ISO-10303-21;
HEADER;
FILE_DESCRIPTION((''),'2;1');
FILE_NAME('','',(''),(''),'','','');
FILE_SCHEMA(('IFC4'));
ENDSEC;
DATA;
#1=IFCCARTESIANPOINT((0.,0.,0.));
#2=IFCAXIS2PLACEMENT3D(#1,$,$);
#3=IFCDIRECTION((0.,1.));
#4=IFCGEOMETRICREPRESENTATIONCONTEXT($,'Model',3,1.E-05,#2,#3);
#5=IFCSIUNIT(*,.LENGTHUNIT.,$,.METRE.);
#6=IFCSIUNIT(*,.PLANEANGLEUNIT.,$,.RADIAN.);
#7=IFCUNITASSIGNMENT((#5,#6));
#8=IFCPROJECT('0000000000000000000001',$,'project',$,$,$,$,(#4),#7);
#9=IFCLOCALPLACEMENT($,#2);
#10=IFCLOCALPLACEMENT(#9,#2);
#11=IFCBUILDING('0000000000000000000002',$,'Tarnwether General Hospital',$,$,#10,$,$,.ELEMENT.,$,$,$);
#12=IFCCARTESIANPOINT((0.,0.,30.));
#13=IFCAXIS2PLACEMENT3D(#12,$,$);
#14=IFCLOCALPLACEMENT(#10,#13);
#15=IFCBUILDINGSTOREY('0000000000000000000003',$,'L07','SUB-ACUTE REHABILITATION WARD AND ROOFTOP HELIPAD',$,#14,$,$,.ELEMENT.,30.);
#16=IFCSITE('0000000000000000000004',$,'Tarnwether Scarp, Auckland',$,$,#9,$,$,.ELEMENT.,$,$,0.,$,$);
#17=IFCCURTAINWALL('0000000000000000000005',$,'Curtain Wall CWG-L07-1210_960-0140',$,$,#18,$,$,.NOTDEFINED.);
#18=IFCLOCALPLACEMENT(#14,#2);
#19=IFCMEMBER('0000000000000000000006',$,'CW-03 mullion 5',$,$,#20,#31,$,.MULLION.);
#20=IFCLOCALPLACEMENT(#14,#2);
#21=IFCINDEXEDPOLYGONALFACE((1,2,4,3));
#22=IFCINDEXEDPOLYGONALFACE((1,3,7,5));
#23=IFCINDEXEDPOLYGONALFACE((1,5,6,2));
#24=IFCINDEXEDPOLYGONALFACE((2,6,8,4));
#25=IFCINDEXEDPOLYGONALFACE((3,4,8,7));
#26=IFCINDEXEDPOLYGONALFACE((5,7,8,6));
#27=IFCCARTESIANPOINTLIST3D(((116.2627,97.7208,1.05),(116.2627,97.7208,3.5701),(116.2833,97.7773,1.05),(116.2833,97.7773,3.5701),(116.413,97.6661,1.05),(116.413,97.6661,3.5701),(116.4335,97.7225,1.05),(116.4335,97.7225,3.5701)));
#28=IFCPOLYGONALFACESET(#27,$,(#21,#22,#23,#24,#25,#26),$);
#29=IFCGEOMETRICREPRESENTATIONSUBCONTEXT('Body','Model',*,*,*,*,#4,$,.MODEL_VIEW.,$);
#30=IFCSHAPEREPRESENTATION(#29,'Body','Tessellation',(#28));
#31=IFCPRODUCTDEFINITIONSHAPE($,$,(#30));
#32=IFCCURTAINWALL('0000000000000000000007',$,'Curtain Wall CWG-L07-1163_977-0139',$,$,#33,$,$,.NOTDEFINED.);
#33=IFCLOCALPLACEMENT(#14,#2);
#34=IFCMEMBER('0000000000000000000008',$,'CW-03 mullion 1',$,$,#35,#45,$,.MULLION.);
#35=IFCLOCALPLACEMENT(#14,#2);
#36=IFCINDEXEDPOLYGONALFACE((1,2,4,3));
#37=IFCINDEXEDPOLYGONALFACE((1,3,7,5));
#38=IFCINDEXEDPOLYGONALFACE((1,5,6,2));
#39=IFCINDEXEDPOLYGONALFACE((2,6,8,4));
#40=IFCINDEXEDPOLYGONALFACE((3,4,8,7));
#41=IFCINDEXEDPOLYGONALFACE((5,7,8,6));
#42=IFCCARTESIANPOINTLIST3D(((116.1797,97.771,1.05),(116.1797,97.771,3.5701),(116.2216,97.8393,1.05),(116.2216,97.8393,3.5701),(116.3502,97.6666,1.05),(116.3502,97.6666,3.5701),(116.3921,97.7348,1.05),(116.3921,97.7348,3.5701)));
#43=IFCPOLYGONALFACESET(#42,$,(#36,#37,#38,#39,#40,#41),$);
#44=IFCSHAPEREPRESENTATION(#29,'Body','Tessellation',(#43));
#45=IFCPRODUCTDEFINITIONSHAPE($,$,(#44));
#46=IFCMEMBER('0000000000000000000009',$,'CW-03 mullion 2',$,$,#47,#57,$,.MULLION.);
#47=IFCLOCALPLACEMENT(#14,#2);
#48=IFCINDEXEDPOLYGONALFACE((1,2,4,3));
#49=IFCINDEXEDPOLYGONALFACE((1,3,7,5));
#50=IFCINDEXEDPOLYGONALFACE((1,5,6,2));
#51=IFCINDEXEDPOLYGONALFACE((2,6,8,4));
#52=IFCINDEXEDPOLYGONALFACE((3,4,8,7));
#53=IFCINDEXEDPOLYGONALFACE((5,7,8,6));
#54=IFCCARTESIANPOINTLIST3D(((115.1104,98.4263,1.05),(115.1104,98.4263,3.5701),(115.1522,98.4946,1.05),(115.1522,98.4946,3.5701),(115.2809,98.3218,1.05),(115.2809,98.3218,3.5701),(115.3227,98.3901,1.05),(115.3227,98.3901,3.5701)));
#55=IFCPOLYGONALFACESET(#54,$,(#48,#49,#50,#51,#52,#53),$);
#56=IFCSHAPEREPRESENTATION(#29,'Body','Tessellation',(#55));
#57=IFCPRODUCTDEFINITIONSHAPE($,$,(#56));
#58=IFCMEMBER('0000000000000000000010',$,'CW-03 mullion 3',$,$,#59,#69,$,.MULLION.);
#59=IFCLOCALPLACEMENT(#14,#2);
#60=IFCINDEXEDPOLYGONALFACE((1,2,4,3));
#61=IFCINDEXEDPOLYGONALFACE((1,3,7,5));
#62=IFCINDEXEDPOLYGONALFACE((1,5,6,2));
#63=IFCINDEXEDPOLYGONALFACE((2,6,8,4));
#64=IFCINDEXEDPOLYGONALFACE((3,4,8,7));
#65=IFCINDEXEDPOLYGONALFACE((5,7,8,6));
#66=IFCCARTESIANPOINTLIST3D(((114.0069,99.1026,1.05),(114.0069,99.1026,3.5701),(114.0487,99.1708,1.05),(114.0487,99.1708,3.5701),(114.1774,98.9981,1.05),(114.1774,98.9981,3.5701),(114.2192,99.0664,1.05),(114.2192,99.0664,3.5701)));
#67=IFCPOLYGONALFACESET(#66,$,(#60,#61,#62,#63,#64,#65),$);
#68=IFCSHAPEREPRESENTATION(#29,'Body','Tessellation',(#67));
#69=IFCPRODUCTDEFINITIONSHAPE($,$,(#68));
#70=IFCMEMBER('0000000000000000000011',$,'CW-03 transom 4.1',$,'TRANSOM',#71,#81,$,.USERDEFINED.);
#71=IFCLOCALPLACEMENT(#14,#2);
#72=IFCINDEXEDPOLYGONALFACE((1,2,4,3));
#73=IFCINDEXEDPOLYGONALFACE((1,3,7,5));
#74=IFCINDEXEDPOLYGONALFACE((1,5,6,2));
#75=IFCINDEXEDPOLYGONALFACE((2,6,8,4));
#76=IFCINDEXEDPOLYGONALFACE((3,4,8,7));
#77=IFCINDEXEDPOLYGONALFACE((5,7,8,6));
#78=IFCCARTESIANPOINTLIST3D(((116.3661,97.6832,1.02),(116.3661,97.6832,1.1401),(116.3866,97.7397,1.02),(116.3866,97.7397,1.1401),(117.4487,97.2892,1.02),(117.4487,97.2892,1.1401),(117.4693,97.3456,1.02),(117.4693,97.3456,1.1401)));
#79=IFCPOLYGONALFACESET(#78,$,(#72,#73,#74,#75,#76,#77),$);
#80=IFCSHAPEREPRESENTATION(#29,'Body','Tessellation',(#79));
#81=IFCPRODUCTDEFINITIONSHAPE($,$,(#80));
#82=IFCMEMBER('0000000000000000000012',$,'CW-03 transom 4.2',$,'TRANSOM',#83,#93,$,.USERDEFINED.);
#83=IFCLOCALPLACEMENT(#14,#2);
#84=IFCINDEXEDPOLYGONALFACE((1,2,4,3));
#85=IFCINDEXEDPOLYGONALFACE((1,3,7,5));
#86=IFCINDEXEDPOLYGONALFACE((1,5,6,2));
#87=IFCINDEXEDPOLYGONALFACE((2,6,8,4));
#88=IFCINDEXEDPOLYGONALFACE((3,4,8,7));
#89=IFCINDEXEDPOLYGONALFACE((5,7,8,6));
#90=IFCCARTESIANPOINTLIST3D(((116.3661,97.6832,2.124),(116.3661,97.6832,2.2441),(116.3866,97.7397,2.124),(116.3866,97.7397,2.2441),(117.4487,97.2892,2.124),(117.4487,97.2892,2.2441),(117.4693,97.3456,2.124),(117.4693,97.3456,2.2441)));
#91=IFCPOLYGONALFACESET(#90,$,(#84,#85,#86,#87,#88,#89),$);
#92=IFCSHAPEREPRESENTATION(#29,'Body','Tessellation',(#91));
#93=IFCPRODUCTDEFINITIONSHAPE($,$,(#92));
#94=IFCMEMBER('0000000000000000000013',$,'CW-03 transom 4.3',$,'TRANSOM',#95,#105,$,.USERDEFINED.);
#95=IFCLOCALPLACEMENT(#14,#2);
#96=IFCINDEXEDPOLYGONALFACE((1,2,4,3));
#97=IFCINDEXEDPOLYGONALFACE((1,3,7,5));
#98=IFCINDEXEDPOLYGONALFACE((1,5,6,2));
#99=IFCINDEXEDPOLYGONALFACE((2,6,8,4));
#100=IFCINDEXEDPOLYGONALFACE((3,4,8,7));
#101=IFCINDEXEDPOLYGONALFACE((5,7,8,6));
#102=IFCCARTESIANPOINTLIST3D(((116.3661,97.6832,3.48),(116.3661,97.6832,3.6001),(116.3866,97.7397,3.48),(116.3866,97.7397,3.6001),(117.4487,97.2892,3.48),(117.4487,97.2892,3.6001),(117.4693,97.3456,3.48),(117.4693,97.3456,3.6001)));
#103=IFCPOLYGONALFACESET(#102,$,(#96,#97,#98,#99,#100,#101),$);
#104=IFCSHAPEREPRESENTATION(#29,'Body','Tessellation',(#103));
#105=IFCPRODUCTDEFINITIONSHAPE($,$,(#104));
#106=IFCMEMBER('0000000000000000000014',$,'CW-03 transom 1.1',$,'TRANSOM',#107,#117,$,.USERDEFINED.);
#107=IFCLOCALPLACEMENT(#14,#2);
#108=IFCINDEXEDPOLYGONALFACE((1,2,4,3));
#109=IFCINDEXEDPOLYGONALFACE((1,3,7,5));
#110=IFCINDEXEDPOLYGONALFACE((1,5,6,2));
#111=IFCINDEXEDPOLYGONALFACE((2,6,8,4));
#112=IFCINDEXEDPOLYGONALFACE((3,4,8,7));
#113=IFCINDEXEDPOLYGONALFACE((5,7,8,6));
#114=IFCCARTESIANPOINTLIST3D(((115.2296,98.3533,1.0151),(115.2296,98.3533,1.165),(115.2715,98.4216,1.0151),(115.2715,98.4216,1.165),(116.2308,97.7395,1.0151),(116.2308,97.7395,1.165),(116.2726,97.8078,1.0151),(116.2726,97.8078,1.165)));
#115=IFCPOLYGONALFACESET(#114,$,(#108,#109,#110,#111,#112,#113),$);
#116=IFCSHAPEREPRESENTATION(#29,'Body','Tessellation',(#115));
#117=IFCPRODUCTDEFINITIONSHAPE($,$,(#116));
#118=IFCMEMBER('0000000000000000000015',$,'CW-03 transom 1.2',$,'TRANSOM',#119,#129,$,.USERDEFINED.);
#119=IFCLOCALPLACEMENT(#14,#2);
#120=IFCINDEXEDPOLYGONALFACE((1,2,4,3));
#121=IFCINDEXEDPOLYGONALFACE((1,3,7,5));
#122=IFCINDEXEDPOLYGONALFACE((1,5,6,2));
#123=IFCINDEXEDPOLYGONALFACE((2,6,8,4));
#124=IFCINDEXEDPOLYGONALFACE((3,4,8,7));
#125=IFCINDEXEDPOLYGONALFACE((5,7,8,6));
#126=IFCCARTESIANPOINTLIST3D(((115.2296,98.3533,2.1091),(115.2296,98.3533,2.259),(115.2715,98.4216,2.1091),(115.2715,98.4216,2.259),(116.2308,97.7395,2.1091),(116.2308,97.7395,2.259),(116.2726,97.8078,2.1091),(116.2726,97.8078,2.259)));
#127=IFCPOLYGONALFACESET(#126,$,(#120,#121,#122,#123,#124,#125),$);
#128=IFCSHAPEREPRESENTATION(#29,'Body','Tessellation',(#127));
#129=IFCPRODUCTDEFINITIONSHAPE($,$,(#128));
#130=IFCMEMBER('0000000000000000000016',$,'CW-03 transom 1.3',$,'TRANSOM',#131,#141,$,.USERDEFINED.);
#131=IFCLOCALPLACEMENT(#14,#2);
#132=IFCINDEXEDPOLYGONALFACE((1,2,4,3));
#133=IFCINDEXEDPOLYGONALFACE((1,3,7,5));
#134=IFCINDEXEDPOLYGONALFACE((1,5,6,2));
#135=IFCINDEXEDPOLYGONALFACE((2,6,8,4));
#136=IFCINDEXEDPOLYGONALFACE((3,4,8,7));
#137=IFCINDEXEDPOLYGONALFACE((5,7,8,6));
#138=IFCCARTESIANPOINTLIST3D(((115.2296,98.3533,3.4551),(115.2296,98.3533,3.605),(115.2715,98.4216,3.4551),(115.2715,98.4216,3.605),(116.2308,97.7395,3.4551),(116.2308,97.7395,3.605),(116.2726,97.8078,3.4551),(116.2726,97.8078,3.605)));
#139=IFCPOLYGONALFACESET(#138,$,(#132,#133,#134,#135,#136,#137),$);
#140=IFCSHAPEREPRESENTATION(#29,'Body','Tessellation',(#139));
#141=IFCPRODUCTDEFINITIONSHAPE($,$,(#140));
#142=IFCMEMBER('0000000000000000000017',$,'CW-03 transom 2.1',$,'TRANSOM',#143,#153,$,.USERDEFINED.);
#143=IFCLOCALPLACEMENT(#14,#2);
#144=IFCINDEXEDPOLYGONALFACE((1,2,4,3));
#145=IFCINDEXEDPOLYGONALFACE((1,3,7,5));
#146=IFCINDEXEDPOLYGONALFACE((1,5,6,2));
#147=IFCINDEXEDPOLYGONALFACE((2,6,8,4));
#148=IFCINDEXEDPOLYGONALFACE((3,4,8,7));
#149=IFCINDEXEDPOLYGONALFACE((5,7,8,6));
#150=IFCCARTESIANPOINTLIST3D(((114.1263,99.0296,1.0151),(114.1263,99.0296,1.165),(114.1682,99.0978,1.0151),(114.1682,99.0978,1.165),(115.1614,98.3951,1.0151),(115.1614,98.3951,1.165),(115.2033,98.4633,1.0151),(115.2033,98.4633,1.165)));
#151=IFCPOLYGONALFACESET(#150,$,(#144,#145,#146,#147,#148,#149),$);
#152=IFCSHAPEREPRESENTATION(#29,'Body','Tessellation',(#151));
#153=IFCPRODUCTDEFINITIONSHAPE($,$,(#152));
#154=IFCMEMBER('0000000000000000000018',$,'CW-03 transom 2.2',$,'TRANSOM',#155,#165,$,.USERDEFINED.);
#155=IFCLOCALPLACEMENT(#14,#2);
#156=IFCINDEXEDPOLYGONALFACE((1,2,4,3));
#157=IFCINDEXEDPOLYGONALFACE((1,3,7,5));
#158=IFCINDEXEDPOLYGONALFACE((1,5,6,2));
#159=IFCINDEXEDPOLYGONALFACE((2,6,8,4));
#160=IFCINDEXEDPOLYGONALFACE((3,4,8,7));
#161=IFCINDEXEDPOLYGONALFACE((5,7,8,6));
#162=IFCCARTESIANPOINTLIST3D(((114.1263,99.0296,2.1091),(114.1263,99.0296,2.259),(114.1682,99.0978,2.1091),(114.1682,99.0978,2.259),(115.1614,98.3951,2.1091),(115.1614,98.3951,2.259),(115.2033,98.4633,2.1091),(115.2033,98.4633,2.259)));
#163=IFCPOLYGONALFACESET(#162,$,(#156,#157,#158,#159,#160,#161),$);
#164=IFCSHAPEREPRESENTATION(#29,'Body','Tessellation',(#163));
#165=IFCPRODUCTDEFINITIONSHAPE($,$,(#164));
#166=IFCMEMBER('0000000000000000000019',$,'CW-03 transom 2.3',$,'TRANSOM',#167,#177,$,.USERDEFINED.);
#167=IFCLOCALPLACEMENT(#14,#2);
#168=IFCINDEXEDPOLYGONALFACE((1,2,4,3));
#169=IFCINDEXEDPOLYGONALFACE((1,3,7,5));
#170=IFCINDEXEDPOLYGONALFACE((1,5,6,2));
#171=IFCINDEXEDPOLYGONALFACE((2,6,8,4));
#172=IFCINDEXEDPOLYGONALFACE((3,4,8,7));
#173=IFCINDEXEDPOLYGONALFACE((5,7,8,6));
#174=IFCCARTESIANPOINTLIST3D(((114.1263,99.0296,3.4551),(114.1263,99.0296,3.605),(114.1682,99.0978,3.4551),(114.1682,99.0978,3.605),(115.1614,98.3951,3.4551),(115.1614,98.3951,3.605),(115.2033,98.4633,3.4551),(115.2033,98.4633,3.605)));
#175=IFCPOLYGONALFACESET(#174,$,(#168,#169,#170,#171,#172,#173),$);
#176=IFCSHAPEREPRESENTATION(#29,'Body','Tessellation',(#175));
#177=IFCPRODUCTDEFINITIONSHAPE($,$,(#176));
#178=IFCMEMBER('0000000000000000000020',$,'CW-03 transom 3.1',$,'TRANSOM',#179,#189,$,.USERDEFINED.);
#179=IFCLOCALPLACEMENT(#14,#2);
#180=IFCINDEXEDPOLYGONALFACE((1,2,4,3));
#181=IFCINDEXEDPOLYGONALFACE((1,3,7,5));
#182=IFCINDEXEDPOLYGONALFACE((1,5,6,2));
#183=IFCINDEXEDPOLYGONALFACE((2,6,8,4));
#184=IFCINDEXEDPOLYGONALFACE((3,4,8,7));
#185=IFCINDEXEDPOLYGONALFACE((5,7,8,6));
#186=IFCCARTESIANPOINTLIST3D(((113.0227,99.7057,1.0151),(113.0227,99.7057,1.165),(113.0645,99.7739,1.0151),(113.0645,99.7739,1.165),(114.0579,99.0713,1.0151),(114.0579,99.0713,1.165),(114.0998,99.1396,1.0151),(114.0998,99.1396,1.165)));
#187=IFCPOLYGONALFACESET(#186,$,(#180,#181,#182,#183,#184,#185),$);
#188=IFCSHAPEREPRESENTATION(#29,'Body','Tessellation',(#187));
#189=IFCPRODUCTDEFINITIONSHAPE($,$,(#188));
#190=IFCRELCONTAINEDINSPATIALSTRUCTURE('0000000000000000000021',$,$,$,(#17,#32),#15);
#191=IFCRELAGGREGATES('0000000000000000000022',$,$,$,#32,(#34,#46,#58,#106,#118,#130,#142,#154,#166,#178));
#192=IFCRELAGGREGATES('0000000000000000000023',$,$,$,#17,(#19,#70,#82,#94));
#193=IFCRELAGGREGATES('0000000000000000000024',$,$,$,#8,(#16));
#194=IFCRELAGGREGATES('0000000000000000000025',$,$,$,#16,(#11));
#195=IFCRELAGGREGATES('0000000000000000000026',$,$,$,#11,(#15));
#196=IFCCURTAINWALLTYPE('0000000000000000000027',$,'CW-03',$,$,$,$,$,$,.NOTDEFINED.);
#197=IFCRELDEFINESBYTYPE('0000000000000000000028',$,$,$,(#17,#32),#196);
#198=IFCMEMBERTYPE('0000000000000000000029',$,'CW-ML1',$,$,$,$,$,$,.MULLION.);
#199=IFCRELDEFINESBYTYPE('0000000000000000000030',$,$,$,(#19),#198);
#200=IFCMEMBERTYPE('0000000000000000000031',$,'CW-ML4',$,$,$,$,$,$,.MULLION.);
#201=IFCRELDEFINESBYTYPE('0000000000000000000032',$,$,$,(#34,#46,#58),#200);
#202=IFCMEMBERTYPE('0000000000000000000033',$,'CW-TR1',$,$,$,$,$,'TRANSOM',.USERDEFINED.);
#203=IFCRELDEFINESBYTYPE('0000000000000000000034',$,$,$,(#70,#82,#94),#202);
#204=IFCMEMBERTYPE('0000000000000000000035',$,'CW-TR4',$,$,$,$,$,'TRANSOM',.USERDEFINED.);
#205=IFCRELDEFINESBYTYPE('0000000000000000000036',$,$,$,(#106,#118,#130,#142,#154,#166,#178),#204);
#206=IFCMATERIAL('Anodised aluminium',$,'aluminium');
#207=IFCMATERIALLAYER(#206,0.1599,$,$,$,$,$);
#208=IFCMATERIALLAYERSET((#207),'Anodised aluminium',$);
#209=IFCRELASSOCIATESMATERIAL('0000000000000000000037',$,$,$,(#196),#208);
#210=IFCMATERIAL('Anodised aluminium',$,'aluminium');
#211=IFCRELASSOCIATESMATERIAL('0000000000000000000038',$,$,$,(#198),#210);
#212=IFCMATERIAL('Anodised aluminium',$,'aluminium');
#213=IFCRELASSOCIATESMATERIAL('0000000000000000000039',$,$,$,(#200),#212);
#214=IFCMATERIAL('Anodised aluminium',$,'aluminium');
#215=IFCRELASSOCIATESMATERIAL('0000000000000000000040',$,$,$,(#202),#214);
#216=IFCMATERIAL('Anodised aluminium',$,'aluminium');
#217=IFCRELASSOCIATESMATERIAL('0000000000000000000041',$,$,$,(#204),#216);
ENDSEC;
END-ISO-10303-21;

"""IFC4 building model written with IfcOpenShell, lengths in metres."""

from ifc_helpers import new_model, si_unit, direction, frame, origin, origin_2d, place, context, subcontext, project, spatial, rectangle, extrude, material, layer, layer_set, material_profile, profile_set, type_object, element, aggregate, save


model = new_model("IFC4")

# Units and contexts
model_context = context("Model", 3, precision=1e-05, world=origin(), true_north=direction((0.0, 1.0)))
body_context = subcontext(model_context, "Body", "Model", "MODEL_VIEW")
ifc_project = project(units=[si_unit("LENGTHUNIT", "METRE"), si_unit("PLANEANGLEUNIT", "RADIAN")], contexts=[model_context])

# Site, building, storey
site_placement = place(None, origin())
site = spatial("IfcSite", under=ifc_project, at=site_placement, Name="Tarnwether Scarp, Auckland", CompositionType="ELEMENT", RefElevation=0.0)
building_placement = place(site_placement, origin())
building = spatial("IfcBuilding", under=site, at=building_placement, Name="Tarnwether General Hospital", CompositionType="ELEMENT")
storey_placement = place(building_placement, frame((0.0, 0.0, 30.0)))
storey = spatial("IfcBuildingStorey", under=building, at=storey_placement, Name="L07", Description="SUB-ACUTE REHABILITATION WARD AND ROOFTOP HELIPAD", CompositionType="ELEMENT", Elevation=30.0)

# Curtain wall, member
ifc_material_1 = material(Name="Anodised aluminium", Category="aluminium")
ifc_layer_1 = layer(ifc_material_1, 0.1599)
ifc_layer_set_1 = layer_set([ifc_layer_1], Name="Anodised aluminium")
curtain_wall_type = type_object("IfcCurtainWallType", Name="CW-03", PredefinedType="NOTDEFINED", material=ifc_layer_set_1)
curtain_wall_1_placement = place(storey_placement, origin())
curtain_wall_1 = element("IfcCurtainWall", 1, at=curtain_wall_1_placement, inside=storey, type_object=curtain_wall_type, Name="Curtain Wall CWG-L07-1210_960-0140", PredefinedType="NOTDEFINED")
ifc_material_2 = material(Name="Anodised aluminium", Category="aluminium")
ifc_material_profile_1 = material_profile(ifc_material_2, rectangle(XDim=0.0601, YDim=0.1599, at=origin_2d()), Name="ALU-MUL-60x160")
ifc_profile_set_1 = profile_set([ifc_material_profile_1], Name="Anodised aluminium")
member_type_1 = type_object("IfcMemberType", Name="CW-ML1", PredefinedType="MULLION", material=ifc_profile_set_1)
member_1_placement = place(storey_placement, frame((116.3481, 97.7217, 1.05), z_axis=(0.0, 0.0, 1.0), x_axis=(-0.342131, -0.939652, 0.0)))
member_1 = element("IfcMember", 2, at=member_1_placement, type_object=member_type_1, Name="CW-03 mullion 5", PredefinedType="MULLION", context=body_context, shape_type="SweptSolid", body=[
    extrude(rectangle(XDim=0.0601, YDim=0.1599, at=origin_2d()), origin(), (0.0, 0.0, 1.0), 2.52),
])

# Curtain wall, members
curtain_wall_2_placement = place(storey_placement, origin())
curtain_wall_2 = element("IfcCurtainWall", 3, at=curtain_wall_2_placement, inside=storey, type_object=curtain_wall_type, Name="Curtain Wall CWG-L07-1163_977-0139", PredefinedType="NOTDEFINED")
ifc_material_3 = material(Name="Anodised aluminium", Category="aluminium")
ifc_material_profile_2 = material_profile(ifc_material_3, rectangle(XDim=0.0801, YDim=0.2, at=origin_2d()), Name="ALU-MUL-80x200")
ifc_profile_set_2 = profile_set([ifc_material_profile_2], Name="Anodised aluminium")
member_type_2 = type_object("IfcMemberType", Name="CW-ML4", PredefinedType="MULLION", material=ifc_profile_set_2)
member_2_placement = place(storey_placement, frame((116.2859, 97.7529, 1.05), z_axis=(0.0, 0.0, 1.0), x_axis=(-0.522512, -0.852632, 0.0)))
member_2 = element("IfcMember", 4, at=member_2_placement, type_object=member_type_2, Name="CW-03 mullion 1", PredefinedType="MULLION", context=body_context, shape_type="SweptSolid", body=[
    extrude(rectangle(XDim=0.0801, YDim=0.2, at=origin_2d()), origin(), (0.0, 0.0, 1.0), 2.52),
])
member_3_placement = place(storey_placement, frame((115.2166, 98.4082, 1.05), z_axis=(0.0, 0.0, 1.0), x_axis=(-0.522512, -0.852632, 0.0)))
member_3 = element("IfcMember", 5, at=member_3_placement, type_object=member_type_2, Name="CW-03 mullion 2", PredefinedType="MULLION", context=body_context, shape_type="SweptSolid", body=[
    extrude(rectangle(XDim=0.0801, YDim=0.2, at=origin_2d()), origin(), (0.0, 0.0, 1.0), 2.52),
])
member_4_placement = place(storey_placement, frame((114.113, 99.0845, 1.05), z_axis=(0.0, 0.0, 1.0), x_axis=(-0.522512, -0.852632, 0.0)))
member_4 = element("IfcMember", 6, at=member_4_placement, type_object=member_type_2, Name="CW-03 mullion 3", PredefinedType="MULLION", context=body_context, shape_type="SweptSolid", body=[
    extrude(rectangle(XDim=0.0801, YDim=0.2, at=origin_2d()), origin(), (0.0, 0.0, 1.0), 2.52),
])

# Members
ifc_material_4 = material(Name="Anodised aluminium", Category="aluminium")
ifc_material_profile_3 = material_profile(ifc_material_4, rectangle(XDim=0.0601, YDim=0.1201, at=origin_2d()), Name="ALU-TRN-60x120")
ifc_profile_set_3 = profile_set([ifc_material_profile_3], Name="Anodised aluminium")
member_type_3 = type_object("IfcMemberType", Name="CW-TR1", ElementType="TRANSOM", PredefinedType="USERDEFINED", material=ifc_profile_set_3)
member_5_placement = place(storey_placement, frame((117.459, 97.3174, 1.0801), z_axis=(-0.939682, 0.342049, 0.0), x_axis=(-0.342049, -0.939682, 0.0)))
member_5 = element("IfcMember", 7, at=member_5_placement, type_object=member_type_3, Name="CW-03 transom 4.1", ObjectType="TRANSOM", PredefinedType="USERDEFINED", context=body_context, shape_type="SweptSolid", body=[
    extrude(rectangle(XDim=0.0601, YDim=0.1201, at=origin_2d()), origin(), (0.0, 0.0, 1.0), 1.1521),
])
member_6_placement = place(storey_placement, frame((117.459, 97.3174, 2.1841), z_axis=(-0.939682, 0.342049, 0.0), x_axis=(-0.342049, -0.939682, 0.0)))
member_6 = element("IfcMember", 8, at=member_6_placement, type_object=member_type_3, Name="CW-03 transom 4.2", ObjectType="TRANSOM", PredefinedType="USERDEFINED", context=body_context, shape_type="SweptSolid", body=[
    extrude(rectangle(XDim=0.0601, YDim=0.1201, at=origin_2d()), origin(), (0.0, 0.0, 1.0), 1.1521),
])
member_7_placement = place(storey_placement, frame((117.459, 97.3174, 3.54), z_axis=(-0.939682, 0.342049, 0.0), x_axis=(-0.342049, -0.939682, 0.0)))
member_7 = element("IfcMember", 9, at=member_7_placement, type_object=member_type_3, Name="CW-03 transom 4.3", ObjectType="TRANSOM", PredefinedType="USERDEFINED", context=body_context, shape_type="SweptSolid", body=[
    extrude(rectangle(XDim=0.0601, YDim=0.1201, at=origin_2d()), origin(), (0.0, 0.0, 1.0), 1.1521),
])
ifc_material_5 = material(Name="Anodised aluminium", Category="aluminium")
ifc_material_profile_4 = material_profile(ifc_material_5, rectangle(XDim=0.0801, YDim=0.1499, at=origin_2d()), Name="ALU-TRN-80x150")
ifc_profile_set_4 = profile_set([ifc_material_profile_4], Name="Anodised aluminium")
member_type_4 = type_object("IfcMemberType", Name="CW-TR4", ElementType="TRANSOM", PredefinedType="USERDEFINED", material=ifc_profile_set_4)
member_8_placement = place(storey_placement, frame((116.2517, 97.7737, 1.0901), z_axis=(-0.852556, 0.522635, 0.0), x_axis=(-0.522635, -0.852556, 0.0)))
member_8 = element("IfcMember", 10, at=member_8_placement, type_object=member_type_4, Name="CW-03 transom 1.1", ObjectType="TRANSOM", PredefinedType="USERDEFINED", context=body_context, shape_type="SweptSolid", body=[
    extrude(rectangle(XDim=0.0801, YDim=0.1499, at=origin_2d()), origin(), (0.0, 0.0, 1.0), 1.1743),
])
member_9_placement = place(storey_placement, frame((116.2517, 97.7737, 2.1841), z_axis=(-0.852556, 0.522635, 0.0), x_axis=(-0.522635, -0.852556, 0.0)))
member_9 = element("IfcMember", 11, at=member_9_placement, type_object=member_type_4, Name="CW-03 transom 1.2", ObjectType="TRANSOM", PredefinedType="USERDEFINED", context=body_context, shape_type="SweptSolid", body=[
    extrude(rectangle(XDim=0.0801, YDim=0.1499, at=origin_2d()), origin(), (0.0, 0.0, 1.0), 1.1743),
])
member_10_placement = place(storey_placement, frame((116.2517, 97.7737, 3.53), z_axis=(-0.852556, 0.522635, 0.0), x_axis=(-0.522635, -0.852556, 0.0)))
member_10 = element("IfcMember", 12, at=member_10_placement, type_object=member_type_4, Name="CW-03 transom 1.3", ObjectType="TRANSOM", PredefinedType="USERDEFINED", context=body_context, shape_type="SweptSolid", body=[
    extrude(rectangle(XDim=0.0801, YDim=0.1499, at=origin_2d()), origin(), (0.0, 0.0, 1.0), 1.1743),
])
member_11_placement = place(storey_placement, frame((115.1824, 98.4292, 1.0901), z_axis=(-0.852575, 0.522604, 0.0), x_axis=(-0.522604, -0.852575, 0.0)))
member_11 = element("IfcMember", 13, at=member_11_placement, type_object=member_type_4, Name="CW-03 transom 2.1", ObjectType="TRANSOM", PredefinedType="USERDEFINED", context=body_context, shape_type="SweptSolid", body=[
    extrude(rectangle(XDim=0.0801, YDim=0.1499, at=origin_2d()), origin(), (0.0, 0.0, 1.0), 1.2141),
])
member_12_placement = place(storey_placement, frame((115.1824, 98.4292, 2.1841), z_axis=(-0.852575, 0.522604, 0.0), x_axis=(-0.522604, -0.852575, 0.0)))
member_12 = element("IfcMember", 14, at=member_12_placement, type_object=member_type_4, Name="CW-03 transom 2.2", ObjectType="TRANSOM", PredefinedType="USERDEFINED", context=body_context, shape_type="SweptSolid", body=[
    extrude(rectangle(XDim=0.0801, YDim=0.1499, at=origin_2d()), origin(), (0.0, 0.0, 1.0), 1.2141),
])
member_13_placement = place(storey_placement, frame((115.1824, 98.4292, 3.53), z_axis=(-0.852575, 0.522604, 0.0), x_axis=(-0.522604, -0.852575, 0.0)))
member_13 = element("IfcMember", 15, at=member_13_placement, type_object=member_type_4, Name="CW-03 transom 2.3", ObjectType="TRANSOM", PredefinedType="USERDEFINED", context=body_context, shape_type="SweptSolid", body=[
    extrude(rectangle(XDim=0.0801, YDim=0.1499, at=origin_2d()), origin(), (0.0, 0.0, 1.0), 1.2141),
])
member_14_placement = place(storey_placement, frame((114.0789, 99.1055, 1.0901), z_axis=(-0.852665, 0.522458, 0.0), x_axis=(-0.522458, -0.852665, 0.0)))
member_14 = element("IfcMember", 16, at=member_14_placement, type_object=member_type_4, Name="CW-03 transom 3.1", ObjectType="TRANSOM", PredefinedType="USERDEFINED", context=body_context, shape_type="SweptSolid", body=[
    extrude(rectangle(XDim=0.0801, YDim=0.1499, at=origin_2d()), origin(), (0.0, 0.0, 1.0), 1.2141),
])

aggregate(curtain_wall_2, [member_2, member_3, member_4, member_8, member_9, member_10, member_11, member_12, member_13, member_14])
aggregate(curtain_wall_1, [member_1, member_5, member_6, member_7])

save(model, "model.ifc")
